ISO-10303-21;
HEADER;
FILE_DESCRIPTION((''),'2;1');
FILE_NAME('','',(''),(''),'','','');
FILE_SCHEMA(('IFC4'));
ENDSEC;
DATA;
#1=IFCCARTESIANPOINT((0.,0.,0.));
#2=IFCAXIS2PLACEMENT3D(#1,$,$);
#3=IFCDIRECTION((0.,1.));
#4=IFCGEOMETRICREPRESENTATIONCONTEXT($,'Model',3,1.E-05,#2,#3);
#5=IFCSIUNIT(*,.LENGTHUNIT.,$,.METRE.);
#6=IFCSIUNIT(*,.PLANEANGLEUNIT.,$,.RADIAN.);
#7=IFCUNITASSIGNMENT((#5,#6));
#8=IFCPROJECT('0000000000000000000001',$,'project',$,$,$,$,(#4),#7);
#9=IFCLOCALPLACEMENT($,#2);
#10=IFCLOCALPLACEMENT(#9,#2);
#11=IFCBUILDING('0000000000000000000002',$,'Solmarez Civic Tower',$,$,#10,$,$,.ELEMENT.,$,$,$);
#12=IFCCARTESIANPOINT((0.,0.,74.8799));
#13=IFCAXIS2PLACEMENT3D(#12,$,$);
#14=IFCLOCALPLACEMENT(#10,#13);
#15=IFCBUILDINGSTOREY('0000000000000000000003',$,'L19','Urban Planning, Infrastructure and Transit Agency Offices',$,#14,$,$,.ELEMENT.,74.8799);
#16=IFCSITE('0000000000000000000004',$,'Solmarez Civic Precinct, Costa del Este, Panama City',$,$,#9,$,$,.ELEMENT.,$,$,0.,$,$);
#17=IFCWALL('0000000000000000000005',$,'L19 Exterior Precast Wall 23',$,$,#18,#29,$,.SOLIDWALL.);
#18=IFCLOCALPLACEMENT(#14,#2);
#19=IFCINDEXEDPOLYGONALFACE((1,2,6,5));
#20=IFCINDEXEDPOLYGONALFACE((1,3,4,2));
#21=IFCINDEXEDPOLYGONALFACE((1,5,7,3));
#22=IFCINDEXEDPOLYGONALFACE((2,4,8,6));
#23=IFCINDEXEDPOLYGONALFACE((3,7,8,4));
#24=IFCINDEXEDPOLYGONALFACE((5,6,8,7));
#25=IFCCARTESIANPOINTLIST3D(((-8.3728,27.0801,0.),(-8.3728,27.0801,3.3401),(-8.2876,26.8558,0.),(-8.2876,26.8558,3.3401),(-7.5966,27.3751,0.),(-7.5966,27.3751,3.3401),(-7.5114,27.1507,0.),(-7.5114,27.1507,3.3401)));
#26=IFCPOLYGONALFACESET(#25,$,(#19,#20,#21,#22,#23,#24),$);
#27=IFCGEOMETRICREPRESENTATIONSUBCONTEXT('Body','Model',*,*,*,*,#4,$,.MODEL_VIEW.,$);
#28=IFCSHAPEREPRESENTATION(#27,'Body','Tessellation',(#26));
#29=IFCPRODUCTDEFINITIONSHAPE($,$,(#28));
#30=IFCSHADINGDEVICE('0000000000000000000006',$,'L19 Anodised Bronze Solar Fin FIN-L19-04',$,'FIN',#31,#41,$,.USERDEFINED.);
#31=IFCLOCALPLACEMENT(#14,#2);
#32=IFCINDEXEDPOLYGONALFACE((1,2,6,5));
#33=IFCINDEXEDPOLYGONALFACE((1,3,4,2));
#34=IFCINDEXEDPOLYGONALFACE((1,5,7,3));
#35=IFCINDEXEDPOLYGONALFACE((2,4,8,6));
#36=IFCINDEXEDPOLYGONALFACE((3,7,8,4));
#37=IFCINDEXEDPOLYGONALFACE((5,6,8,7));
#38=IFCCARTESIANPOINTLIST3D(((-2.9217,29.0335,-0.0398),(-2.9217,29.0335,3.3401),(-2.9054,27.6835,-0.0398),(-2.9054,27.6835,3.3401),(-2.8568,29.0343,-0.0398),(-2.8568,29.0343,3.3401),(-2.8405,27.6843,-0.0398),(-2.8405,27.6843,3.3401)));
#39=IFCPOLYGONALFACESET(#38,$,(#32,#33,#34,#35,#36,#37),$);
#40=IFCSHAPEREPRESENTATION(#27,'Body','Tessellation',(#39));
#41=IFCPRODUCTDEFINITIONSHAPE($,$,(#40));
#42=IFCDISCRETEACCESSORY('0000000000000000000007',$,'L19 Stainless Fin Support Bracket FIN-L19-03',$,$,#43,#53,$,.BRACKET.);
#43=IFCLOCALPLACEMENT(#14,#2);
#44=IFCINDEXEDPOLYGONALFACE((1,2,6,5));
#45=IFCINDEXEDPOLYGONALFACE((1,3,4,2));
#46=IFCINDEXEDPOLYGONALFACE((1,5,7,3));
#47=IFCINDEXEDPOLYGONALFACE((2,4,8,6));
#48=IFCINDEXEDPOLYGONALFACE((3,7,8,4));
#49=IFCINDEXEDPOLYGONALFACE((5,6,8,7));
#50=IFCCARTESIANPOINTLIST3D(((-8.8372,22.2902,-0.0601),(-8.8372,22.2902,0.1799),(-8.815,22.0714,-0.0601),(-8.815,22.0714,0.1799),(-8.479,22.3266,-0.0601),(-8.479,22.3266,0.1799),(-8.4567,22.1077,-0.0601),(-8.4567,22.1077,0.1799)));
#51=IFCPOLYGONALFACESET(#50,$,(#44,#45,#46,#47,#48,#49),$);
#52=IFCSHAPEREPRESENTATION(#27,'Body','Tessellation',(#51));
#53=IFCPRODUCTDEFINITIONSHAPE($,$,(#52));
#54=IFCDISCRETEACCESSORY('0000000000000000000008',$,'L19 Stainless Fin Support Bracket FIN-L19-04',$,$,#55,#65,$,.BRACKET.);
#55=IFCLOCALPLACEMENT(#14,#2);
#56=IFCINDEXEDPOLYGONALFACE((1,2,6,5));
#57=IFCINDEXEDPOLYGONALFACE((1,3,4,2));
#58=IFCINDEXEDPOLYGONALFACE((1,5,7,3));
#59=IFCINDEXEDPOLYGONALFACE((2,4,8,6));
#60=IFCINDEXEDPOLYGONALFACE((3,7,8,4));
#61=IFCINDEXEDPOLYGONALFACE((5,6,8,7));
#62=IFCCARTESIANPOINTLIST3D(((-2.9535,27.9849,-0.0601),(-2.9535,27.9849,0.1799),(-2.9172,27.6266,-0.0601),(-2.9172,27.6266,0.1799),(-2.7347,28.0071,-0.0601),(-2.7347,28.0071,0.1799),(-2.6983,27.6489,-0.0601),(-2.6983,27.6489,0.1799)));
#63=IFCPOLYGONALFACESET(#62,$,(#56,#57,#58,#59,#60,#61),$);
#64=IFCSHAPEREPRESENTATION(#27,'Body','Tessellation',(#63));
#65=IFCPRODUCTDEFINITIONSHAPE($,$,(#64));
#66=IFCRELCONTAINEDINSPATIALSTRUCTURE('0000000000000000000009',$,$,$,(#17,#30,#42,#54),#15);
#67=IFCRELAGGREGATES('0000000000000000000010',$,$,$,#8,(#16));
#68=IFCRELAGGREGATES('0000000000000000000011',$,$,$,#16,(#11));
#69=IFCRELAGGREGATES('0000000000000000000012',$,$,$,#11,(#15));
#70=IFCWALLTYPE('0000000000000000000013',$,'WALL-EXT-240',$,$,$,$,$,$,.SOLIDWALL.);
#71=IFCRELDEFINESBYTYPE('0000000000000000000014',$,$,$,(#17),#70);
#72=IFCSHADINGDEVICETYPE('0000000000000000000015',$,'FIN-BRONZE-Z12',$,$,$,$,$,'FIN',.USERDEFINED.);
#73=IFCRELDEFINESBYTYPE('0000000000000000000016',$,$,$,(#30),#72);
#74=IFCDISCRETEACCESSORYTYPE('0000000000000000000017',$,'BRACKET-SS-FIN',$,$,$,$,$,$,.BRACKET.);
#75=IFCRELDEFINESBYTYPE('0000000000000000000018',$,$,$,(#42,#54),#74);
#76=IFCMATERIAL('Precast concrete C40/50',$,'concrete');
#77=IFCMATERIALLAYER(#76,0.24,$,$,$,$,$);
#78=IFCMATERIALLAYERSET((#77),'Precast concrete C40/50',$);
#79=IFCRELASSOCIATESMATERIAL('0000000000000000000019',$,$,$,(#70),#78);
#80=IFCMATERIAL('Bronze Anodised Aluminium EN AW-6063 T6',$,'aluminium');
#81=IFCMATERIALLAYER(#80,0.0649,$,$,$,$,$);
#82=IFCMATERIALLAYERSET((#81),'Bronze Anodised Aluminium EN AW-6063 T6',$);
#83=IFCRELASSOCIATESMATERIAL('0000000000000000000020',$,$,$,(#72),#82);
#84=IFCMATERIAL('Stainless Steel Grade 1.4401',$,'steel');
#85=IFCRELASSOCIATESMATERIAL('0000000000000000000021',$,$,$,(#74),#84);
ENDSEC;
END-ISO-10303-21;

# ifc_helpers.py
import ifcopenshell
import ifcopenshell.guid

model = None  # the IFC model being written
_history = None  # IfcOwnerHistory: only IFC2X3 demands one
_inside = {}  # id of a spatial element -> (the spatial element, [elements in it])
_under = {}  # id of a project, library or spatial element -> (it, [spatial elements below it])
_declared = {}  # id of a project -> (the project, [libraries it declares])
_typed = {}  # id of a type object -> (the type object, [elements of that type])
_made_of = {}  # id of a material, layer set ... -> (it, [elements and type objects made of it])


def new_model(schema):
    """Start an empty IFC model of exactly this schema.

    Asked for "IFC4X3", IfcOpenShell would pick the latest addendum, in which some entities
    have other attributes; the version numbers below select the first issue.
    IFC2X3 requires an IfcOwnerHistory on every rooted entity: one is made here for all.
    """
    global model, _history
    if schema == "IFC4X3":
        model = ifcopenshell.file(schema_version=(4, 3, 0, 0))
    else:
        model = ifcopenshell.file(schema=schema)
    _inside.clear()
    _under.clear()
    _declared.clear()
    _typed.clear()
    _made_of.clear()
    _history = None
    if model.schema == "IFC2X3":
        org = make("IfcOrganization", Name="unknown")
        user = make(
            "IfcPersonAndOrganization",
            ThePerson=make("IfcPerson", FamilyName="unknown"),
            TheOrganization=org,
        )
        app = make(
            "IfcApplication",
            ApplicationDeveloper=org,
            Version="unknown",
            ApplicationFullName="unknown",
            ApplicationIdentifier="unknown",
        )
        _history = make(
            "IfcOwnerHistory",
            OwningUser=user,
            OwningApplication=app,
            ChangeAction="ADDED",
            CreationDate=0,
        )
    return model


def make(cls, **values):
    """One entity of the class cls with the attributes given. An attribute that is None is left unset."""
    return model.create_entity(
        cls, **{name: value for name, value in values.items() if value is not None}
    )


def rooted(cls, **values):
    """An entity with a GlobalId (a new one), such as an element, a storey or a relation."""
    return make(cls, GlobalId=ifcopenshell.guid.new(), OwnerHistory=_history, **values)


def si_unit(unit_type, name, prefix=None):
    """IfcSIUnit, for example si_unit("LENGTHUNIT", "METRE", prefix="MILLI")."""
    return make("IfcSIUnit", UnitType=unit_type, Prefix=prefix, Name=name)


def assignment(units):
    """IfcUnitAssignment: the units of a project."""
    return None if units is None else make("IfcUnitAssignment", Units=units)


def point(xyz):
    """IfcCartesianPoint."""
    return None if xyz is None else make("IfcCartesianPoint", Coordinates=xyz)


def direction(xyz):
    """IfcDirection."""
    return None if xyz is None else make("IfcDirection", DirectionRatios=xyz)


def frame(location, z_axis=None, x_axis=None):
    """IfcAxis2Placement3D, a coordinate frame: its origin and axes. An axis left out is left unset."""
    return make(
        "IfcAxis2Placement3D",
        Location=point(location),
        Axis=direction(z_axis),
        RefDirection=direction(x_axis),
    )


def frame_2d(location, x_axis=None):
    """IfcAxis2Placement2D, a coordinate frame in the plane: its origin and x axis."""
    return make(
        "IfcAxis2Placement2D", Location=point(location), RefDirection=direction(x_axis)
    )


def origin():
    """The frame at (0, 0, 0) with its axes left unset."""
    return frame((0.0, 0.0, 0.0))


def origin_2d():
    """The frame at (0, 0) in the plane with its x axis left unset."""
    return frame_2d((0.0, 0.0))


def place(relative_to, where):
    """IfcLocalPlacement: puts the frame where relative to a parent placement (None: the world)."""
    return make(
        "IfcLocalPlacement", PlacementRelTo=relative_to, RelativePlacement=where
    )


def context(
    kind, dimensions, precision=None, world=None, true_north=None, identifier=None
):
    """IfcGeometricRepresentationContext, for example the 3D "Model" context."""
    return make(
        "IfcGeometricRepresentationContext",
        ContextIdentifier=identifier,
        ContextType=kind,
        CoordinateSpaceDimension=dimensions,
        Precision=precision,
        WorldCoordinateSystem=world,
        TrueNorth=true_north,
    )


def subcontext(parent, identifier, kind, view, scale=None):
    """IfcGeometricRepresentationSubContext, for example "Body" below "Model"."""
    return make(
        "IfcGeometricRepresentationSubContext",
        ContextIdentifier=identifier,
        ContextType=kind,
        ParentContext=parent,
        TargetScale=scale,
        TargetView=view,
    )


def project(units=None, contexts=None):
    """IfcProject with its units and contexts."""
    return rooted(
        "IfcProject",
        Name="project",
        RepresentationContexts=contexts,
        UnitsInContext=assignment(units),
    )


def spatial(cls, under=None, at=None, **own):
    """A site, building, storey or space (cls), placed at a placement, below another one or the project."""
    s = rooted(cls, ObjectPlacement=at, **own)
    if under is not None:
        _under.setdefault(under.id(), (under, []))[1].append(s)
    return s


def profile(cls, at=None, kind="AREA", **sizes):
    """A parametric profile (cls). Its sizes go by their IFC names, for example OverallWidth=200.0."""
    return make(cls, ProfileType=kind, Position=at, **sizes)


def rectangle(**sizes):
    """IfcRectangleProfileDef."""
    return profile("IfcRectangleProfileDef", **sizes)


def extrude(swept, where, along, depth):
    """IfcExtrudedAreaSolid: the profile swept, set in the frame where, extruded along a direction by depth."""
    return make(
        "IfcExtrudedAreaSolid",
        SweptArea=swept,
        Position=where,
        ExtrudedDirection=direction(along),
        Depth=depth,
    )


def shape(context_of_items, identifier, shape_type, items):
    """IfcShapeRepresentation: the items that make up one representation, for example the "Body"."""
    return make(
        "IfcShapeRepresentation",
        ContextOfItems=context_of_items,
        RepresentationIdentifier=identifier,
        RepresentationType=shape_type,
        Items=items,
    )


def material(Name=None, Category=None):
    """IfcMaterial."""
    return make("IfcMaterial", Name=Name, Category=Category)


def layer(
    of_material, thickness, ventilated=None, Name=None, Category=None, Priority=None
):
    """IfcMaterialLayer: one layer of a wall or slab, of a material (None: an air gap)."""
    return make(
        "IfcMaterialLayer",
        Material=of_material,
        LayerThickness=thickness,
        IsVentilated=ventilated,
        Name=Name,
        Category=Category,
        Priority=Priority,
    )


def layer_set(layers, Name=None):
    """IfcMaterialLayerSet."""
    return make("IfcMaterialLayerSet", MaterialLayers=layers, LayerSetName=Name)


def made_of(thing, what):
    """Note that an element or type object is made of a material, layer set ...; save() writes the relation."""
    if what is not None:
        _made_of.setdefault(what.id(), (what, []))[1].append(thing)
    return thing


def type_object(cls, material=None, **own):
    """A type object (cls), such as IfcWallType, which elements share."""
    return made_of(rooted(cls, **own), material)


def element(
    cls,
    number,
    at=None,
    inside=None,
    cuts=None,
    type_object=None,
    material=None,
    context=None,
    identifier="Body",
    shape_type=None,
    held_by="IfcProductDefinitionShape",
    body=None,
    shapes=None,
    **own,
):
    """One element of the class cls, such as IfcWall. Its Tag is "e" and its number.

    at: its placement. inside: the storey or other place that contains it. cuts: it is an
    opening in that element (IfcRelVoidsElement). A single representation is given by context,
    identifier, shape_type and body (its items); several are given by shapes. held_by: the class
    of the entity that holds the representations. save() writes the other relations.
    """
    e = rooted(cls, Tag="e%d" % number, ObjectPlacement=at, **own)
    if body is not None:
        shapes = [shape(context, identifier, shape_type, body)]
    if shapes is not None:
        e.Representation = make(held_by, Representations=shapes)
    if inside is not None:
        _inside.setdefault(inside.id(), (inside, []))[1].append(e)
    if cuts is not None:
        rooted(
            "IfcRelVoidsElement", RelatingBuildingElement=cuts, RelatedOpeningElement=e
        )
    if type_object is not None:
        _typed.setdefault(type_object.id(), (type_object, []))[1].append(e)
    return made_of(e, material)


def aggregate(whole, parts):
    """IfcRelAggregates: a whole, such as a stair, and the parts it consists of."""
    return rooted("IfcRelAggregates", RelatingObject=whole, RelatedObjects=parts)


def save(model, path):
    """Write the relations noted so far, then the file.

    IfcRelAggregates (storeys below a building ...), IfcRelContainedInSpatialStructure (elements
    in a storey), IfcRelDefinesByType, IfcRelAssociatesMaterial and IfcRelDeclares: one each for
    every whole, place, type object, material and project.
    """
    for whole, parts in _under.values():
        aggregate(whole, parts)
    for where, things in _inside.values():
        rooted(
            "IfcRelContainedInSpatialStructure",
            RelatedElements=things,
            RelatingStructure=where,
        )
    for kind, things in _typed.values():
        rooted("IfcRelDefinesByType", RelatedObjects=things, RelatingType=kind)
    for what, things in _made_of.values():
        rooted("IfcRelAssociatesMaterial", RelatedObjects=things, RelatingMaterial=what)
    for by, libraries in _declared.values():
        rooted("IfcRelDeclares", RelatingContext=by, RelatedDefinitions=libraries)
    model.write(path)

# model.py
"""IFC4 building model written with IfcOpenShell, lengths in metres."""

from ifc_helpers import new_model, si_unit, direction, frame, frame_2d, origin, origin_2d, place, context, subcontext, project, spatial, rectangle, extrude, material, layer, layer_set, type_object, element, save


model = new_model("IFC4")

# Units and contexts
model_context = context("Model", 3, precision=1e-05, world=origin(), true_north=direction((0.0, 1.0)))
body_context = subcontext(model_context, "Body", "Model", "MODEL_VIEW")
ifc_project = project(units=[si_unit("LENGTHUNIT", "METRE"), si_unit("PLANEANGLEUNIT", "RADIAN")], contexts=[model_context])

# Site, building, storey
site_placement = place(None, origin())
site = spatial("IfcSite", under=ifc_project, at=site_placement, Name="Solmarez Civic Precinct, Costa del Este, Panama City", CompositionType="ELEMENT", RefElevation=0.0)
building_placement = place(site_placement, origin())
building = spatial("IfcBuilding", under=site, at=building_placement, Name="Solmarez Civic Tower", CompositionType="ELEMENT")
storey_placement = place(building_placement, frame((0.0, 0.0, 74.8799)))
storey = spatial("IfcBuildingStorey", under=building, at=storey_placement, Name="L19", Description="Urban Planning, Infrastructure and Transit Agency Offices", CompositionType="ELEMENT", Elevation=74.8799)

# Shared definitions
ifc_material_1 = material(Name="Bronze Anodised Aluminium EN AW-6063 T6", Category="aluminium")

# Wall
ifc_material_2 = material(Name="Precast concrete C40/50", Category="concrete")
ifc_layer_1 = layer(ifc_material_2, 0.24)
ifc_layer_set_1 = layer_set([ifc_layer_1], Name="Precast concrete C40/50")
wall_type = type_object("IfcWallType", Name="WALL-EXT-240", PredefinedType="SOLIDWALL", material=ifc_layer_set_1)
wall_1_placement = place(storey_placement, frame((-8.3301, 26.968, 0.0), z_axis=(0.0, 0.0, 1.0), x_axis=(0.934786, 0.355213, 0.0)))
element("IfcWall", 1, at=wall_1_placement, inside=storey, type_object=wall_type, Name="L19 Exterior Precast Wall 23", PredefinedType="SOLIDWALL", context=body_context, shape_type="SweptSolid", body=[
    extrude(rectangle(XDim=0.8303, YDim=0.24, at=frame_2d((0.415, 0.0))), origin(), (0.0, 0.0, 1.0), 3.3401),
])

# Shading device
ifc_layer_2 = layer(ifc_material_1, 0.0649)
ifc_layer_set_2 = layer_set([ifc_layer_2], Name="Bronze Anodised Aluminium EN AW-6063 T6")
shading_device_type = type_object("IfcShadingDeviceType", Name="FIN-BRONZE-Z12", ElementType="FIN", PredefinedType="USERDEFINED", material=ifc_layer_set_2)
shading_device_placement = place(storey_placement, frame((-2.8811, 28.3589, -0.0398), z_axis=(0.0, 0.0, 1.0), x_axis=(-0.012112, 0.999927, 0.0)))
element("IfcShadingDevice", 2, at=shading_device_placement, inside=storey, type_object=shading_device_type, Name="L19 Anodised Bronze Solar Fin FIN-L19-04", ObjectType="FIN", PredefinedType="USERDEFINED", context=body_context, shape_type="SweptSolid", body=[
    extrude(rectangle(XDim=1.3501, YDim=0.0649, at=origin_2d()), origin(), (0.0, 0.0, 1.0), 3.3799),
])

# Discrete accessories
ifc_material_3 = material(Name="Stainless Steel Grade 1.4401", Category="steel")
discrete_accessory_type = type_object("IfcDiscreteAccessoryType", Name="BRACKET-SS-FIN", PredefinedType="BRACKET", material=ifc_material_3)
for number, where, z_axis, x_axis, name in (
    (3, (-8.647, 22.199, -0.0601), (0.0, 0.0, 1.0), (-0.99488, -0.101061, 0.0), "L19 Stainless Fin Support Bracket FIN-L19-03"),
    (4, (-2.8259, 27.8169, -0.0601), (0.0, 0.0, 1.0), (-0.101066, 0.99488, 0.0), "L19 Stainless Fin Support Bracket FIN-L19-04"),
):
    element("IfcDiscreteAccessory", number, at=place(storey_placement, frame(where, z_axis=z_axis, x_axis=x_axis)), inside=storey, type_object=discrete_accessory_type, Name=name, PredefinedType="BRACKET", context=body_context, shape_type="SweptSolid", body=[
        extrude(rectangle(XDim=0.3601, YDim=0.22, at=origin_2d()), origin(), (0.0, 0.0, 1.0), 0.24),
    ])

save(model, "model.ifc")
